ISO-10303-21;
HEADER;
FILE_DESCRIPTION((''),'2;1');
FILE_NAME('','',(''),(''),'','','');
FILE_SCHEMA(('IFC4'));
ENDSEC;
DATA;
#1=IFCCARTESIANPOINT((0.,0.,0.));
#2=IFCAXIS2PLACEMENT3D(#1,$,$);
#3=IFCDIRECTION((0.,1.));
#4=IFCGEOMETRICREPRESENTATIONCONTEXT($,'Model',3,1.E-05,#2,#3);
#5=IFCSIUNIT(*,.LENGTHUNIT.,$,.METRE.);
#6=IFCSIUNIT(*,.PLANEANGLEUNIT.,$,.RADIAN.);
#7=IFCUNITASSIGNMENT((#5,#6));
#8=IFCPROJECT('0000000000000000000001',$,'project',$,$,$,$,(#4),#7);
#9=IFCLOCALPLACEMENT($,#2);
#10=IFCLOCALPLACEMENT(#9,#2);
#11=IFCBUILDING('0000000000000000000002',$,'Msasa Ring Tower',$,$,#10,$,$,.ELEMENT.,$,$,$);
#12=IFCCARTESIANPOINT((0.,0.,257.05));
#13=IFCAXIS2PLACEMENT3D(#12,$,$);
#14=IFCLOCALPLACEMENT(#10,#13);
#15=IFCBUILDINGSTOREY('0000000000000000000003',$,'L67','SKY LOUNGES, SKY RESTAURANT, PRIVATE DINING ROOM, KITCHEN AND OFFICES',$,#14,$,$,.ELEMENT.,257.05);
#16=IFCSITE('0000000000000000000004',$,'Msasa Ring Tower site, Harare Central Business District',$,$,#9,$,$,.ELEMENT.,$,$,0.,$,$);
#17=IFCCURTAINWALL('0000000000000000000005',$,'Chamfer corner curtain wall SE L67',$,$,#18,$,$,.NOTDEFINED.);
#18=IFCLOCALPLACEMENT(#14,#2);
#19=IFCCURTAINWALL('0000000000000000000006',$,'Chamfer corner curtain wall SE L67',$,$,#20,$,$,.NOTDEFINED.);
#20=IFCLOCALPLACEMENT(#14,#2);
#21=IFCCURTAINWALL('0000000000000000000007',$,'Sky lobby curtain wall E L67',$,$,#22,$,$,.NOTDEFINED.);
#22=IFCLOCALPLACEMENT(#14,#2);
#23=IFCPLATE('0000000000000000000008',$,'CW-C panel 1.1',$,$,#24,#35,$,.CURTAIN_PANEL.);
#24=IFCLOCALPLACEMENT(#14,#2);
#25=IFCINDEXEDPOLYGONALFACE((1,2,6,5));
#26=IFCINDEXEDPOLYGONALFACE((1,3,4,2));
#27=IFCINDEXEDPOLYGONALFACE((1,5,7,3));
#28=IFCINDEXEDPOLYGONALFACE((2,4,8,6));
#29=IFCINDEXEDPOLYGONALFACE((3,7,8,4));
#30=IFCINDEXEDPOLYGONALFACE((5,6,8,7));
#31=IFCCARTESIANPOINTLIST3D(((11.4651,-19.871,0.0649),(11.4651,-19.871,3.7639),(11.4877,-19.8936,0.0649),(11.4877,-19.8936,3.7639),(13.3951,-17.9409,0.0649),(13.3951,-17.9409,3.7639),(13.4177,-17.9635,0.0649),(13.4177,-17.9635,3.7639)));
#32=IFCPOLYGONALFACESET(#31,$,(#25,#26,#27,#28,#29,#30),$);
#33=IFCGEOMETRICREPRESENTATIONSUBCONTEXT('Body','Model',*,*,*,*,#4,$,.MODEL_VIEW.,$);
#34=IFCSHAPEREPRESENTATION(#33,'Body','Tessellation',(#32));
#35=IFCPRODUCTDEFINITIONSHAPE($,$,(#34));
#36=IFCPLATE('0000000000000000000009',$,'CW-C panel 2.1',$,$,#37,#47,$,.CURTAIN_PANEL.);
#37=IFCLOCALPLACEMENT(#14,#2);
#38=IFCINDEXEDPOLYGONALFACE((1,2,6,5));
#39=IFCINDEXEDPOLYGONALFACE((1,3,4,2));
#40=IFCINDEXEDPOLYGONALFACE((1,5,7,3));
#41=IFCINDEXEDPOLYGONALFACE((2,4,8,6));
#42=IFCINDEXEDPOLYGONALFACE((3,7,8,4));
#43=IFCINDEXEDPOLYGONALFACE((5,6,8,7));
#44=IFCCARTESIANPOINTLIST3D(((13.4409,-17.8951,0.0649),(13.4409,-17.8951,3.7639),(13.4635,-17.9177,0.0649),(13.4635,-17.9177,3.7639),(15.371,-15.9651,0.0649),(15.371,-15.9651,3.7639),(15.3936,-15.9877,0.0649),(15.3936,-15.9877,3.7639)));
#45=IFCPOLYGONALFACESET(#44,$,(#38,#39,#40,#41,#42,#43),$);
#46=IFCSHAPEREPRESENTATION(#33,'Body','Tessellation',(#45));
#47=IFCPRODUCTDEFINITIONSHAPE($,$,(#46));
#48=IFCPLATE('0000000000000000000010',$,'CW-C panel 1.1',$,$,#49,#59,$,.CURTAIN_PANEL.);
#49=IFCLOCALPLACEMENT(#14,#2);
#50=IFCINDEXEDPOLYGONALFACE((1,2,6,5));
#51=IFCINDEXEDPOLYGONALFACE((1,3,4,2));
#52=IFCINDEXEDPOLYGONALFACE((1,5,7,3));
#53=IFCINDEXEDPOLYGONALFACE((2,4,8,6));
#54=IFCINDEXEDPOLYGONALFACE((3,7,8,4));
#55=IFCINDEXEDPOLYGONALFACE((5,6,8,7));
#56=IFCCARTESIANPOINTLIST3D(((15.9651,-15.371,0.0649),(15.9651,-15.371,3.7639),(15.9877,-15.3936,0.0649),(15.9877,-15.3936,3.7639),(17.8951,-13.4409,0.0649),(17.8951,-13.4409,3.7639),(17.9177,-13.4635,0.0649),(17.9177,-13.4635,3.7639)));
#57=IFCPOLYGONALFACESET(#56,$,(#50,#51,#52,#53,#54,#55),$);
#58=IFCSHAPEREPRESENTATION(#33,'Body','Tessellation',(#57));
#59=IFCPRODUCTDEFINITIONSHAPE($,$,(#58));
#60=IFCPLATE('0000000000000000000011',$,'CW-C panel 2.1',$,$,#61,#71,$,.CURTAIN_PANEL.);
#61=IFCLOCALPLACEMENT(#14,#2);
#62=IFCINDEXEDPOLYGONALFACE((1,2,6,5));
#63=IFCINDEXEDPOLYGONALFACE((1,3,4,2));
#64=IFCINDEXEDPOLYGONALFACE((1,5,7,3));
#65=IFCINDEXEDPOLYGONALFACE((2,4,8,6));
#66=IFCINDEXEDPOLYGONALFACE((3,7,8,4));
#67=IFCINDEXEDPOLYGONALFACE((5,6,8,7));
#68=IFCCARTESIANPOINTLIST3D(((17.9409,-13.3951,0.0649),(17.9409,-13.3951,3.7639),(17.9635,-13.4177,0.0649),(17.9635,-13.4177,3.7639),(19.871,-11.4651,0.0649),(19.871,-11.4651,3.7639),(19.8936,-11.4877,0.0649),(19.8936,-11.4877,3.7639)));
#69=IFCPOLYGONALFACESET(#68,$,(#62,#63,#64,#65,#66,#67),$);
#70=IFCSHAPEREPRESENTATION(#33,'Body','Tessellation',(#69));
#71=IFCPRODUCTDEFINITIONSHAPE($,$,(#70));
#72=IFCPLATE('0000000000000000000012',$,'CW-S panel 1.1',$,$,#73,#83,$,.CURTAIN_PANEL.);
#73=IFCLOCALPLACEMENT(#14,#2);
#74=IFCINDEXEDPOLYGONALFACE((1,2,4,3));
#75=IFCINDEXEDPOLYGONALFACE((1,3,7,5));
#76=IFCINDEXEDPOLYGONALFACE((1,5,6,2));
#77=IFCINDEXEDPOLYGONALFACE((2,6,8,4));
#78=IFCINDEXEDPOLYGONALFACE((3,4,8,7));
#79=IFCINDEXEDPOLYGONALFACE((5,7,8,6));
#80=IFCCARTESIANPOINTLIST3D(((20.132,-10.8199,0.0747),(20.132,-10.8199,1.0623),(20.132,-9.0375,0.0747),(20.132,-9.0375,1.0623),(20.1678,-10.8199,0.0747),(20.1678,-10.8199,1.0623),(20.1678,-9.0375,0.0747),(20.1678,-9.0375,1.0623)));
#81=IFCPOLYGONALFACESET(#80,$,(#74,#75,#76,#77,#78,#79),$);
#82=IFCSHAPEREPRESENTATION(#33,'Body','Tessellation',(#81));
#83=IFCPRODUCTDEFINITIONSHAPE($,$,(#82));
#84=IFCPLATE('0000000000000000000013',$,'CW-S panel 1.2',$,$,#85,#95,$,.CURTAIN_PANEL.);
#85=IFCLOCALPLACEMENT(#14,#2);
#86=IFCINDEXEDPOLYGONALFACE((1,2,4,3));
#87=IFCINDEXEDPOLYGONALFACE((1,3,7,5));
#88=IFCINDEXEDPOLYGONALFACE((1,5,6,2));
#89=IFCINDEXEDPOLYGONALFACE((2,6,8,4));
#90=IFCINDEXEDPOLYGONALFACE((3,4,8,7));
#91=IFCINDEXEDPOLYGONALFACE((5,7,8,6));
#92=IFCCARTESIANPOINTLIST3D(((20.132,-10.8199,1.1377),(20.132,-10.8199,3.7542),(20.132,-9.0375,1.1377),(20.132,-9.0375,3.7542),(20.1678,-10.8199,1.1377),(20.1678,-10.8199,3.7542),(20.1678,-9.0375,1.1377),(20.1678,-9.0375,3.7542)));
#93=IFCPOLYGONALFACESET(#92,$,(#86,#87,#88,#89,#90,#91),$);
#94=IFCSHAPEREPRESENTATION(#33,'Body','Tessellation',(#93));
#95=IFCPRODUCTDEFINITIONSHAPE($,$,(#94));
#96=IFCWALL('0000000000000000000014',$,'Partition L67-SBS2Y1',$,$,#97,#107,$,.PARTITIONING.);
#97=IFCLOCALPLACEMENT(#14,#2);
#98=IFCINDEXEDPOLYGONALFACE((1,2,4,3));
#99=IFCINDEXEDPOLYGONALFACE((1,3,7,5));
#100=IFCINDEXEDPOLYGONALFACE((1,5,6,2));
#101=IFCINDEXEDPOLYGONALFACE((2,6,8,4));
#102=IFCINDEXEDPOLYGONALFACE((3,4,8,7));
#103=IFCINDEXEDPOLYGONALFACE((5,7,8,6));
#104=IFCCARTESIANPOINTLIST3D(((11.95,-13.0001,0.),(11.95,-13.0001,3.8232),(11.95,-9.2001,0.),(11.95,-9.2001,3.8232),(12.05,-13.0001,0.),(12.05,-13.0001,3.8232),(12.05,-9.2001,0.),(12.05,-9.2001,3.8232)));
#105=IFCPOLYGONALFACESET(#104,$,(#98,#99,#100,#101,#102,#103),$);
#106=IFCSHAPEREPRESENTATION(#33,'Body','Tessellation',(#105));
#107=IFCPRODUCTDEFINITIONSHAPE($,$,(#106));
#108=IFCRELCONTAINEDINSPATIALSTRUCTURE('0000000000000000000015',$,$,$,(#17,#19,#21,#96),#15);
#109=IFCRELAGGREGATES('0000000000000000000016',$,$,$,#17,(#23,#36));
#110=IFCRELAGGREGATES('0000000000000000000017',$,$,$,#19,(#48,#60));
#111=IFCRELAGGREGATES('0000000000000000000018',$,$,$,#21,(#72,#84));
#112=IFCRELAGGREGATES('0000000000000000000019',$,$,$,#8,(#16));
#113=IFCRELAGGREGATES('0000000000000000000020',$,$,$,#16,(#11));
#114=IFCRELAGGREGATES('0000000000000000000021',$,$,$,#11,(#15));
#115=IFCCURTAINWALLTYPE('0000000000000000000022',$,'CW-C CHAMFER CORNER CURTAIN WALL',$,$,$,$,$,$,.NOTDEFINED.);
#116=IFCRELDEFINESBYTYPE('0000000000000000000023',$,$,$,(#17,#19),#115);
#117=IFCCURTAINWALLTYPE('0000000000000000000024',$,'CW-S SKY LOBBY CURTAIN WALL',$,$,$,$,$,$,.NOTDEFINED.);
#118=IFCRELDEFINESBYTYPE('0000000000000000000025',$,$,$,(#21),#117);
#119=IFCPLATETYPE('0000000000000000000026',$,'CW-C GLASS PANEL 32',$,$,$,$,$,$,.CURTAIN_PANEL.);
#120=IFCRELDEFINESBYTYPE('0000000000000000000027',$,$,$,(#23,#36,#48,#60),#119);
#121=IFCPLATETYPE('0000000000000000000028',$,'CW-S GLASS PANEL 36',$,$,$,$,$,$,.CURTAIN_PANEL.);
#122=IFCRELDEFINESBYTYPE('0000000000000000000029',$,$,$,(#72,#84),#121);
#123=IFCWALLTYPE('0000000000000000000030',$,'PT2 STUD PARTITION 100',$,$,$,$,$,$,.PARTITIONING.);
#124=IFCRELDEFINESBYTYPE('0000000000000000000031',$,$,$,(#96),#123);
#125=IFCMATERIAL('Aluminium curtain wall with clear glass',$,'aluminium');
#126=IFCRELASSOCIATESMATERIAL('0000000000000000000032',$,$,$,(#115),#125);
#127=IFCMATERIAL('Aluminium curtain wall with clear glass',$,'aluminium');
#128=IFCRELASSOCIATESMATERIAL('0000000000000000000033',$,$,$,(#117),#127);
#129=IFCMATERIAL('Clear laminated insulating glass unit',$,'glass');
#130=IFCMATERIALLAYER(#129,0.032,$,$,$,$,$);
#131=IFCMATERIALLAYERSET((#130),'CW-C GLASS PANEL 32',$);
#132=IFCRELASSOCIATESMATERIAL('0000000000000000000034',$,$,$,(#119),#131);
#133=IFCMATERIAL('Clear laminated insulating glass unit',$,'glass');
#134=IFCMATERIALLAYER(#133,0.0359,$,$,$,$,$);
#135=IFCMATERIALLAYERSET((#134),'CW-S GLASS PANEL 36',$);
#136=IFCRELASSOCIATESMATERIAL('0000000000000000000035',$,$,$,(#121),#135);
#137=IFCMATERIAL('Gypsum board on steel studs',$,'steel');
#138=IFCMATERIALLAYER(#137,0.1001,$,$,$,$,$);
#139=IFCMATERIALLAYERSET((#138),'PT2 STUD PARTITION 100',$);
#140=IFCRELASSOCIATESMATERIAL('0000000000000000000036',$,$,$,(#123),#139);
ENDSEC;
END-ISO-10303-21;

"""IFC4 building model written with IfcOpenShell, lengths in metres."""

from ifc_helpers import new_model, si_unit, direction, frame, frame_2d, origin, origin_2d, place, context, subcontext, project, spatial, rectangle, extrude, material, layer, layer_set, type_object, element, aggregate, save


model = new_model("IFC4")

# Units and contexts
model_context = context("Model", 3, precision=1e-05, world=origin(), true_north=direction((0.0, 1.0)))
body_context = subcontext(model_context, "Body", "Model", "MODEL_VIEW")
ifc_project = project(units=[si_unit("LENGTHUNIT", "METRE"), si_unit("PLANEANGLEUNIT", "RADIAN")], contexts=[model_context])

# Site, building, storey
site_placement = place(None, origin())
site = spatial("IfcSite", under=ifc_project, at=site_placement, Name="Msasa Ring Tower site, Harare Central Business District", CompositionType="ELEMENT", RefElevation=0.0)
building_placement = place(site_placement, origin())
building = spatial("IfcBuilding", under=site, at=building_placement, Name="Msasa Ring Tower", CompositionType="ELEMENT")
storey_placement = place(building_placement, frame((0.0, 0.0, 257.05)))
storey = spatial("IfcBuildingStorey", under=building, at=storey_placement, Name="L67", Description="SKY LOUNGES, SKY RESTAURANT, PRIVATE DINING ROOM, KITCHEN AND OFFICES", CompositionType="ELEMENT", Elevation=257.05)

# Curtain walls
ifc_material_1 = material(Name="Aluminium curtain wall with clear glass", Category="aluminium")
curtain_wall_type_1 = type_object("IfcCurtainWallType", Name="CW-C CHAMFER CORNER CURTAIN WALL", PredefinedType="NOTDEFINED", material=ifc_material_1)
curtain_wall_1_placement = place(storey_placement, origin())
curtain_wall_1 = element("IfcCurtainWall", 1, at=curtain_wall_1_placement, inside=storey, type_object=curtain_wall_type_1, Name="Chamfer corner curtain wall SE L67", PredefinedType="NOTDEFINED")
curtain_wall_2_placement = place(storey_placement, origin())
curtain_wall_2 = element("IfcCurtainWall", 2, at=curtain_wall_2_placement, inside=storey, type_object=curtain_wall_type_1, Name="Chamfer corner curtain wall SE L67", PredefinedType="NOTDEFINED")

# Shared definitions
ifc_material_2 = material(Name="Aluminium curtain wall with clear glass", Category="aluminium")
curtain_wall_type_2 = type_object("IfcCurtainWallType", Name="CW-S SKY LOBBY CURTAIN WALL", PredefinedType="NOTDEFINED", material=ifc_material_2)

# Curtain wall
curtain_wall_3_placement = place(storey_placement, origin())
curtain_wall_3 = element("IfcCurtainWall", 3, at=curtain_wall_3_placement, inside=storey, type_object=curtain_wall_type_2, Name="Sky lobby curtain wall E L67", PredefinedType="NOTDEFINED")

# Plates
ifc_material_3 = material(Name="Clear laminated insulating glass unit", Category="glass")
ifc_layer_1 = layer(ifc_material_3, 0.032)
ifc_layer_set_1 = layer_set([ifc_layer_1], Name="CW-C GLASS PANEL 32")
plate_type_1 = type_object("IfcPlateType", Name="CW-C GLASS PANEL 32", PredefinedType="CURTAIN_PANEL", material=ifc_layer_set_1)
plate_1_placement = place(storey_placement, frame((12.4414, -18.9172, 0.0649), z_axis=(0.0, 0.0, 1.0), x_axis=(0.707107, 0.707107, 0.0)))
plate_1 = element("IfcPlate", 4, at=plate_1_placement, type_object=plate_type_1, Name="CW-C panel 1.1", PredefinedType="CURTAIN_PANEL", context=body_context, shape_type="SweptSolid", body=[
    extrude(rectangle(XDim=2.7295, YDim=0.032, at=origin_2d()), origin(), (0.0, 0.0, 1.0), 3.699),
])
plate_2_placement = place(storey_placement, frame((14.4172, -16.9414, 0.0649), z_axis=(0.0, 0.0, 1.0), x_axis=(0.707107, 0.707107, 0.0)))
plate_2 = element("IfcPlate", 5, at=plate_2_placement, type_object=plate_type_1, Name="CW-C panel 2.1", PredefinedType="CURTAIN_PANEL", context=body_context, shape_type="SweptSolid", body=[
    extrude(rectangle(XDim=2.7295, YDim=0.032, at=origin_2d()), origin(), (0.0, 0.0, 1.0), 3.699),
])
aggregate(curtain_wall_1, [plate_1, plate_2])
plate_3_placement = place(storey_placement, frame((16.9414, -14.4172, 0.0649), z_axis=(0.0, 0.0, 1.0), x_axis=(0.707107, 0.707107, 0.0)))
plate_3 = element("IfcPlate", 6, at=plate_3_placement, type_object=plate_type_1, Name="CW-C panel 1.1", PredefinedType="CURTAIN_PANEL", context=body_context, shape_type="SweptSolid", body=[
    extrude(rectangle(XDim=2.7295, YDim=0.032, at=origin_2d()), origin(), (0.0, 0.0, 1.0), 3.699),
])
plate_4_placement = place(storey_placement, frame((18.9172, -12.4414, 0.0649), z_axis=(0.0, 0.0, 1.0), x_axis=(0.707107, 0.707107, 0.0)))
plate_4 = element("IfcPlate", 7, at=plate_4_placement, type_object=plate_type_1, Name="CW-C panel 2.1", PredefinedType="CURTAIN_PANEL", context=body_context, shape_type="SweptSolid", body=[
    extrude(rectangle(XDim=2.7295, YDim=0.032, at=origin_2d()), origin(), (0.0, 0.0, 1.0), 3.699),
])
aggregate(curtain_wall_2, [plate_3, plate_4])
ifc_material_4 = material(Name="Clear laminated insulating glass unit", Category="glass")
ifc_layer_2 = layer(ifc_material_4, 0.0359)
ifc_layer_set_2 = layer_set([ifc_layer_2], Name="CW-S GLASS PANEL 36")
plate_type_2 = type_object("IfcPlateType", Name="CW-S GLASS PANEL 36", PredefinedType="CURTAIN_PANEL", material=ifc_layer_set_2)
plate_5_placement = place(storey_placement, frame((20.1499, -9.9287, 0.0747), z_axis=(0.0, 0.0, 1.0), x_axis=(0.0, 1.0, 0.0)))
plate_5 = element("IfcPlate", 8, at=plate_5_placement, type_object=plate_type_2, Name="CW-S panel 1.1", PredefinedType="CURTAIN_PANEL", context=body_context, shape_type="SweptSolid", body=[
    extrude(rectangle(XDim=1.7825, YDim=0.0359, at=origin_2d()), origin(), (0.0, 0.0, 1.0), 0.9875),
])
plate_6_placement = place(storey_placement, frame((20.1499, -9.9287, 1.1377), z_axis=(0.0, 0.0, 1.0), x_axis=(0.0, 1.0, 0.0)))
plate_6 = element("IfcPlate", 9, at=plate_6_placement, type_object=plate_type_2, Name="CW-S panel 1.2", PredefinedType="CURTAIN_PANEL", context=body_context, shape_type="SweptSolid", body=[
    extrude(rectangle(XDim=1.7825, YDim=0.0359, at=origin_2d()), origin(), (0.0, 0.0, 1.0), 2.6165),
])
aggregate(curtain_wall_3, [plate_5, plate_6])

# Wall
ifc_material_5 = material(Name="Gypsum board on steel studs", Category="steel")
ifc_layer_3 = layer(ifc_material_5, 0.1001)
ifc_layer_set_3 = layer_set([ifc_layer_3], Name="PT2 STUD PARTITION 100")
wall_type = type_object("IfcWallType", Name="PT2 STUD PARTITION 100", PredefinedType="PARTITIONING", material=ifc_layer_set_3)
wall_placement = place(storey_placement, frame((12.0, -13.0, 0.0), z_axis=(0.0, 0.0, 1.0), x_axis=(0.0, 1.0, 0.0)))
element("IfcWall", 10, at=wall_placement, inside=storey, type_object=wall_type, Name="Partition L67-SBS2Y1", PredefinedType="PARTITIONING", context=body_context, shape_type="SweptSolid", body=[
    extrude(rectangle(XDim=3.8, YDim=0.1001, at=frame_2d((1.8999, 0.0))), origin(), (0.0, 0.0, 1.0), 3.8232),
])

save(model, "model.ifc")
